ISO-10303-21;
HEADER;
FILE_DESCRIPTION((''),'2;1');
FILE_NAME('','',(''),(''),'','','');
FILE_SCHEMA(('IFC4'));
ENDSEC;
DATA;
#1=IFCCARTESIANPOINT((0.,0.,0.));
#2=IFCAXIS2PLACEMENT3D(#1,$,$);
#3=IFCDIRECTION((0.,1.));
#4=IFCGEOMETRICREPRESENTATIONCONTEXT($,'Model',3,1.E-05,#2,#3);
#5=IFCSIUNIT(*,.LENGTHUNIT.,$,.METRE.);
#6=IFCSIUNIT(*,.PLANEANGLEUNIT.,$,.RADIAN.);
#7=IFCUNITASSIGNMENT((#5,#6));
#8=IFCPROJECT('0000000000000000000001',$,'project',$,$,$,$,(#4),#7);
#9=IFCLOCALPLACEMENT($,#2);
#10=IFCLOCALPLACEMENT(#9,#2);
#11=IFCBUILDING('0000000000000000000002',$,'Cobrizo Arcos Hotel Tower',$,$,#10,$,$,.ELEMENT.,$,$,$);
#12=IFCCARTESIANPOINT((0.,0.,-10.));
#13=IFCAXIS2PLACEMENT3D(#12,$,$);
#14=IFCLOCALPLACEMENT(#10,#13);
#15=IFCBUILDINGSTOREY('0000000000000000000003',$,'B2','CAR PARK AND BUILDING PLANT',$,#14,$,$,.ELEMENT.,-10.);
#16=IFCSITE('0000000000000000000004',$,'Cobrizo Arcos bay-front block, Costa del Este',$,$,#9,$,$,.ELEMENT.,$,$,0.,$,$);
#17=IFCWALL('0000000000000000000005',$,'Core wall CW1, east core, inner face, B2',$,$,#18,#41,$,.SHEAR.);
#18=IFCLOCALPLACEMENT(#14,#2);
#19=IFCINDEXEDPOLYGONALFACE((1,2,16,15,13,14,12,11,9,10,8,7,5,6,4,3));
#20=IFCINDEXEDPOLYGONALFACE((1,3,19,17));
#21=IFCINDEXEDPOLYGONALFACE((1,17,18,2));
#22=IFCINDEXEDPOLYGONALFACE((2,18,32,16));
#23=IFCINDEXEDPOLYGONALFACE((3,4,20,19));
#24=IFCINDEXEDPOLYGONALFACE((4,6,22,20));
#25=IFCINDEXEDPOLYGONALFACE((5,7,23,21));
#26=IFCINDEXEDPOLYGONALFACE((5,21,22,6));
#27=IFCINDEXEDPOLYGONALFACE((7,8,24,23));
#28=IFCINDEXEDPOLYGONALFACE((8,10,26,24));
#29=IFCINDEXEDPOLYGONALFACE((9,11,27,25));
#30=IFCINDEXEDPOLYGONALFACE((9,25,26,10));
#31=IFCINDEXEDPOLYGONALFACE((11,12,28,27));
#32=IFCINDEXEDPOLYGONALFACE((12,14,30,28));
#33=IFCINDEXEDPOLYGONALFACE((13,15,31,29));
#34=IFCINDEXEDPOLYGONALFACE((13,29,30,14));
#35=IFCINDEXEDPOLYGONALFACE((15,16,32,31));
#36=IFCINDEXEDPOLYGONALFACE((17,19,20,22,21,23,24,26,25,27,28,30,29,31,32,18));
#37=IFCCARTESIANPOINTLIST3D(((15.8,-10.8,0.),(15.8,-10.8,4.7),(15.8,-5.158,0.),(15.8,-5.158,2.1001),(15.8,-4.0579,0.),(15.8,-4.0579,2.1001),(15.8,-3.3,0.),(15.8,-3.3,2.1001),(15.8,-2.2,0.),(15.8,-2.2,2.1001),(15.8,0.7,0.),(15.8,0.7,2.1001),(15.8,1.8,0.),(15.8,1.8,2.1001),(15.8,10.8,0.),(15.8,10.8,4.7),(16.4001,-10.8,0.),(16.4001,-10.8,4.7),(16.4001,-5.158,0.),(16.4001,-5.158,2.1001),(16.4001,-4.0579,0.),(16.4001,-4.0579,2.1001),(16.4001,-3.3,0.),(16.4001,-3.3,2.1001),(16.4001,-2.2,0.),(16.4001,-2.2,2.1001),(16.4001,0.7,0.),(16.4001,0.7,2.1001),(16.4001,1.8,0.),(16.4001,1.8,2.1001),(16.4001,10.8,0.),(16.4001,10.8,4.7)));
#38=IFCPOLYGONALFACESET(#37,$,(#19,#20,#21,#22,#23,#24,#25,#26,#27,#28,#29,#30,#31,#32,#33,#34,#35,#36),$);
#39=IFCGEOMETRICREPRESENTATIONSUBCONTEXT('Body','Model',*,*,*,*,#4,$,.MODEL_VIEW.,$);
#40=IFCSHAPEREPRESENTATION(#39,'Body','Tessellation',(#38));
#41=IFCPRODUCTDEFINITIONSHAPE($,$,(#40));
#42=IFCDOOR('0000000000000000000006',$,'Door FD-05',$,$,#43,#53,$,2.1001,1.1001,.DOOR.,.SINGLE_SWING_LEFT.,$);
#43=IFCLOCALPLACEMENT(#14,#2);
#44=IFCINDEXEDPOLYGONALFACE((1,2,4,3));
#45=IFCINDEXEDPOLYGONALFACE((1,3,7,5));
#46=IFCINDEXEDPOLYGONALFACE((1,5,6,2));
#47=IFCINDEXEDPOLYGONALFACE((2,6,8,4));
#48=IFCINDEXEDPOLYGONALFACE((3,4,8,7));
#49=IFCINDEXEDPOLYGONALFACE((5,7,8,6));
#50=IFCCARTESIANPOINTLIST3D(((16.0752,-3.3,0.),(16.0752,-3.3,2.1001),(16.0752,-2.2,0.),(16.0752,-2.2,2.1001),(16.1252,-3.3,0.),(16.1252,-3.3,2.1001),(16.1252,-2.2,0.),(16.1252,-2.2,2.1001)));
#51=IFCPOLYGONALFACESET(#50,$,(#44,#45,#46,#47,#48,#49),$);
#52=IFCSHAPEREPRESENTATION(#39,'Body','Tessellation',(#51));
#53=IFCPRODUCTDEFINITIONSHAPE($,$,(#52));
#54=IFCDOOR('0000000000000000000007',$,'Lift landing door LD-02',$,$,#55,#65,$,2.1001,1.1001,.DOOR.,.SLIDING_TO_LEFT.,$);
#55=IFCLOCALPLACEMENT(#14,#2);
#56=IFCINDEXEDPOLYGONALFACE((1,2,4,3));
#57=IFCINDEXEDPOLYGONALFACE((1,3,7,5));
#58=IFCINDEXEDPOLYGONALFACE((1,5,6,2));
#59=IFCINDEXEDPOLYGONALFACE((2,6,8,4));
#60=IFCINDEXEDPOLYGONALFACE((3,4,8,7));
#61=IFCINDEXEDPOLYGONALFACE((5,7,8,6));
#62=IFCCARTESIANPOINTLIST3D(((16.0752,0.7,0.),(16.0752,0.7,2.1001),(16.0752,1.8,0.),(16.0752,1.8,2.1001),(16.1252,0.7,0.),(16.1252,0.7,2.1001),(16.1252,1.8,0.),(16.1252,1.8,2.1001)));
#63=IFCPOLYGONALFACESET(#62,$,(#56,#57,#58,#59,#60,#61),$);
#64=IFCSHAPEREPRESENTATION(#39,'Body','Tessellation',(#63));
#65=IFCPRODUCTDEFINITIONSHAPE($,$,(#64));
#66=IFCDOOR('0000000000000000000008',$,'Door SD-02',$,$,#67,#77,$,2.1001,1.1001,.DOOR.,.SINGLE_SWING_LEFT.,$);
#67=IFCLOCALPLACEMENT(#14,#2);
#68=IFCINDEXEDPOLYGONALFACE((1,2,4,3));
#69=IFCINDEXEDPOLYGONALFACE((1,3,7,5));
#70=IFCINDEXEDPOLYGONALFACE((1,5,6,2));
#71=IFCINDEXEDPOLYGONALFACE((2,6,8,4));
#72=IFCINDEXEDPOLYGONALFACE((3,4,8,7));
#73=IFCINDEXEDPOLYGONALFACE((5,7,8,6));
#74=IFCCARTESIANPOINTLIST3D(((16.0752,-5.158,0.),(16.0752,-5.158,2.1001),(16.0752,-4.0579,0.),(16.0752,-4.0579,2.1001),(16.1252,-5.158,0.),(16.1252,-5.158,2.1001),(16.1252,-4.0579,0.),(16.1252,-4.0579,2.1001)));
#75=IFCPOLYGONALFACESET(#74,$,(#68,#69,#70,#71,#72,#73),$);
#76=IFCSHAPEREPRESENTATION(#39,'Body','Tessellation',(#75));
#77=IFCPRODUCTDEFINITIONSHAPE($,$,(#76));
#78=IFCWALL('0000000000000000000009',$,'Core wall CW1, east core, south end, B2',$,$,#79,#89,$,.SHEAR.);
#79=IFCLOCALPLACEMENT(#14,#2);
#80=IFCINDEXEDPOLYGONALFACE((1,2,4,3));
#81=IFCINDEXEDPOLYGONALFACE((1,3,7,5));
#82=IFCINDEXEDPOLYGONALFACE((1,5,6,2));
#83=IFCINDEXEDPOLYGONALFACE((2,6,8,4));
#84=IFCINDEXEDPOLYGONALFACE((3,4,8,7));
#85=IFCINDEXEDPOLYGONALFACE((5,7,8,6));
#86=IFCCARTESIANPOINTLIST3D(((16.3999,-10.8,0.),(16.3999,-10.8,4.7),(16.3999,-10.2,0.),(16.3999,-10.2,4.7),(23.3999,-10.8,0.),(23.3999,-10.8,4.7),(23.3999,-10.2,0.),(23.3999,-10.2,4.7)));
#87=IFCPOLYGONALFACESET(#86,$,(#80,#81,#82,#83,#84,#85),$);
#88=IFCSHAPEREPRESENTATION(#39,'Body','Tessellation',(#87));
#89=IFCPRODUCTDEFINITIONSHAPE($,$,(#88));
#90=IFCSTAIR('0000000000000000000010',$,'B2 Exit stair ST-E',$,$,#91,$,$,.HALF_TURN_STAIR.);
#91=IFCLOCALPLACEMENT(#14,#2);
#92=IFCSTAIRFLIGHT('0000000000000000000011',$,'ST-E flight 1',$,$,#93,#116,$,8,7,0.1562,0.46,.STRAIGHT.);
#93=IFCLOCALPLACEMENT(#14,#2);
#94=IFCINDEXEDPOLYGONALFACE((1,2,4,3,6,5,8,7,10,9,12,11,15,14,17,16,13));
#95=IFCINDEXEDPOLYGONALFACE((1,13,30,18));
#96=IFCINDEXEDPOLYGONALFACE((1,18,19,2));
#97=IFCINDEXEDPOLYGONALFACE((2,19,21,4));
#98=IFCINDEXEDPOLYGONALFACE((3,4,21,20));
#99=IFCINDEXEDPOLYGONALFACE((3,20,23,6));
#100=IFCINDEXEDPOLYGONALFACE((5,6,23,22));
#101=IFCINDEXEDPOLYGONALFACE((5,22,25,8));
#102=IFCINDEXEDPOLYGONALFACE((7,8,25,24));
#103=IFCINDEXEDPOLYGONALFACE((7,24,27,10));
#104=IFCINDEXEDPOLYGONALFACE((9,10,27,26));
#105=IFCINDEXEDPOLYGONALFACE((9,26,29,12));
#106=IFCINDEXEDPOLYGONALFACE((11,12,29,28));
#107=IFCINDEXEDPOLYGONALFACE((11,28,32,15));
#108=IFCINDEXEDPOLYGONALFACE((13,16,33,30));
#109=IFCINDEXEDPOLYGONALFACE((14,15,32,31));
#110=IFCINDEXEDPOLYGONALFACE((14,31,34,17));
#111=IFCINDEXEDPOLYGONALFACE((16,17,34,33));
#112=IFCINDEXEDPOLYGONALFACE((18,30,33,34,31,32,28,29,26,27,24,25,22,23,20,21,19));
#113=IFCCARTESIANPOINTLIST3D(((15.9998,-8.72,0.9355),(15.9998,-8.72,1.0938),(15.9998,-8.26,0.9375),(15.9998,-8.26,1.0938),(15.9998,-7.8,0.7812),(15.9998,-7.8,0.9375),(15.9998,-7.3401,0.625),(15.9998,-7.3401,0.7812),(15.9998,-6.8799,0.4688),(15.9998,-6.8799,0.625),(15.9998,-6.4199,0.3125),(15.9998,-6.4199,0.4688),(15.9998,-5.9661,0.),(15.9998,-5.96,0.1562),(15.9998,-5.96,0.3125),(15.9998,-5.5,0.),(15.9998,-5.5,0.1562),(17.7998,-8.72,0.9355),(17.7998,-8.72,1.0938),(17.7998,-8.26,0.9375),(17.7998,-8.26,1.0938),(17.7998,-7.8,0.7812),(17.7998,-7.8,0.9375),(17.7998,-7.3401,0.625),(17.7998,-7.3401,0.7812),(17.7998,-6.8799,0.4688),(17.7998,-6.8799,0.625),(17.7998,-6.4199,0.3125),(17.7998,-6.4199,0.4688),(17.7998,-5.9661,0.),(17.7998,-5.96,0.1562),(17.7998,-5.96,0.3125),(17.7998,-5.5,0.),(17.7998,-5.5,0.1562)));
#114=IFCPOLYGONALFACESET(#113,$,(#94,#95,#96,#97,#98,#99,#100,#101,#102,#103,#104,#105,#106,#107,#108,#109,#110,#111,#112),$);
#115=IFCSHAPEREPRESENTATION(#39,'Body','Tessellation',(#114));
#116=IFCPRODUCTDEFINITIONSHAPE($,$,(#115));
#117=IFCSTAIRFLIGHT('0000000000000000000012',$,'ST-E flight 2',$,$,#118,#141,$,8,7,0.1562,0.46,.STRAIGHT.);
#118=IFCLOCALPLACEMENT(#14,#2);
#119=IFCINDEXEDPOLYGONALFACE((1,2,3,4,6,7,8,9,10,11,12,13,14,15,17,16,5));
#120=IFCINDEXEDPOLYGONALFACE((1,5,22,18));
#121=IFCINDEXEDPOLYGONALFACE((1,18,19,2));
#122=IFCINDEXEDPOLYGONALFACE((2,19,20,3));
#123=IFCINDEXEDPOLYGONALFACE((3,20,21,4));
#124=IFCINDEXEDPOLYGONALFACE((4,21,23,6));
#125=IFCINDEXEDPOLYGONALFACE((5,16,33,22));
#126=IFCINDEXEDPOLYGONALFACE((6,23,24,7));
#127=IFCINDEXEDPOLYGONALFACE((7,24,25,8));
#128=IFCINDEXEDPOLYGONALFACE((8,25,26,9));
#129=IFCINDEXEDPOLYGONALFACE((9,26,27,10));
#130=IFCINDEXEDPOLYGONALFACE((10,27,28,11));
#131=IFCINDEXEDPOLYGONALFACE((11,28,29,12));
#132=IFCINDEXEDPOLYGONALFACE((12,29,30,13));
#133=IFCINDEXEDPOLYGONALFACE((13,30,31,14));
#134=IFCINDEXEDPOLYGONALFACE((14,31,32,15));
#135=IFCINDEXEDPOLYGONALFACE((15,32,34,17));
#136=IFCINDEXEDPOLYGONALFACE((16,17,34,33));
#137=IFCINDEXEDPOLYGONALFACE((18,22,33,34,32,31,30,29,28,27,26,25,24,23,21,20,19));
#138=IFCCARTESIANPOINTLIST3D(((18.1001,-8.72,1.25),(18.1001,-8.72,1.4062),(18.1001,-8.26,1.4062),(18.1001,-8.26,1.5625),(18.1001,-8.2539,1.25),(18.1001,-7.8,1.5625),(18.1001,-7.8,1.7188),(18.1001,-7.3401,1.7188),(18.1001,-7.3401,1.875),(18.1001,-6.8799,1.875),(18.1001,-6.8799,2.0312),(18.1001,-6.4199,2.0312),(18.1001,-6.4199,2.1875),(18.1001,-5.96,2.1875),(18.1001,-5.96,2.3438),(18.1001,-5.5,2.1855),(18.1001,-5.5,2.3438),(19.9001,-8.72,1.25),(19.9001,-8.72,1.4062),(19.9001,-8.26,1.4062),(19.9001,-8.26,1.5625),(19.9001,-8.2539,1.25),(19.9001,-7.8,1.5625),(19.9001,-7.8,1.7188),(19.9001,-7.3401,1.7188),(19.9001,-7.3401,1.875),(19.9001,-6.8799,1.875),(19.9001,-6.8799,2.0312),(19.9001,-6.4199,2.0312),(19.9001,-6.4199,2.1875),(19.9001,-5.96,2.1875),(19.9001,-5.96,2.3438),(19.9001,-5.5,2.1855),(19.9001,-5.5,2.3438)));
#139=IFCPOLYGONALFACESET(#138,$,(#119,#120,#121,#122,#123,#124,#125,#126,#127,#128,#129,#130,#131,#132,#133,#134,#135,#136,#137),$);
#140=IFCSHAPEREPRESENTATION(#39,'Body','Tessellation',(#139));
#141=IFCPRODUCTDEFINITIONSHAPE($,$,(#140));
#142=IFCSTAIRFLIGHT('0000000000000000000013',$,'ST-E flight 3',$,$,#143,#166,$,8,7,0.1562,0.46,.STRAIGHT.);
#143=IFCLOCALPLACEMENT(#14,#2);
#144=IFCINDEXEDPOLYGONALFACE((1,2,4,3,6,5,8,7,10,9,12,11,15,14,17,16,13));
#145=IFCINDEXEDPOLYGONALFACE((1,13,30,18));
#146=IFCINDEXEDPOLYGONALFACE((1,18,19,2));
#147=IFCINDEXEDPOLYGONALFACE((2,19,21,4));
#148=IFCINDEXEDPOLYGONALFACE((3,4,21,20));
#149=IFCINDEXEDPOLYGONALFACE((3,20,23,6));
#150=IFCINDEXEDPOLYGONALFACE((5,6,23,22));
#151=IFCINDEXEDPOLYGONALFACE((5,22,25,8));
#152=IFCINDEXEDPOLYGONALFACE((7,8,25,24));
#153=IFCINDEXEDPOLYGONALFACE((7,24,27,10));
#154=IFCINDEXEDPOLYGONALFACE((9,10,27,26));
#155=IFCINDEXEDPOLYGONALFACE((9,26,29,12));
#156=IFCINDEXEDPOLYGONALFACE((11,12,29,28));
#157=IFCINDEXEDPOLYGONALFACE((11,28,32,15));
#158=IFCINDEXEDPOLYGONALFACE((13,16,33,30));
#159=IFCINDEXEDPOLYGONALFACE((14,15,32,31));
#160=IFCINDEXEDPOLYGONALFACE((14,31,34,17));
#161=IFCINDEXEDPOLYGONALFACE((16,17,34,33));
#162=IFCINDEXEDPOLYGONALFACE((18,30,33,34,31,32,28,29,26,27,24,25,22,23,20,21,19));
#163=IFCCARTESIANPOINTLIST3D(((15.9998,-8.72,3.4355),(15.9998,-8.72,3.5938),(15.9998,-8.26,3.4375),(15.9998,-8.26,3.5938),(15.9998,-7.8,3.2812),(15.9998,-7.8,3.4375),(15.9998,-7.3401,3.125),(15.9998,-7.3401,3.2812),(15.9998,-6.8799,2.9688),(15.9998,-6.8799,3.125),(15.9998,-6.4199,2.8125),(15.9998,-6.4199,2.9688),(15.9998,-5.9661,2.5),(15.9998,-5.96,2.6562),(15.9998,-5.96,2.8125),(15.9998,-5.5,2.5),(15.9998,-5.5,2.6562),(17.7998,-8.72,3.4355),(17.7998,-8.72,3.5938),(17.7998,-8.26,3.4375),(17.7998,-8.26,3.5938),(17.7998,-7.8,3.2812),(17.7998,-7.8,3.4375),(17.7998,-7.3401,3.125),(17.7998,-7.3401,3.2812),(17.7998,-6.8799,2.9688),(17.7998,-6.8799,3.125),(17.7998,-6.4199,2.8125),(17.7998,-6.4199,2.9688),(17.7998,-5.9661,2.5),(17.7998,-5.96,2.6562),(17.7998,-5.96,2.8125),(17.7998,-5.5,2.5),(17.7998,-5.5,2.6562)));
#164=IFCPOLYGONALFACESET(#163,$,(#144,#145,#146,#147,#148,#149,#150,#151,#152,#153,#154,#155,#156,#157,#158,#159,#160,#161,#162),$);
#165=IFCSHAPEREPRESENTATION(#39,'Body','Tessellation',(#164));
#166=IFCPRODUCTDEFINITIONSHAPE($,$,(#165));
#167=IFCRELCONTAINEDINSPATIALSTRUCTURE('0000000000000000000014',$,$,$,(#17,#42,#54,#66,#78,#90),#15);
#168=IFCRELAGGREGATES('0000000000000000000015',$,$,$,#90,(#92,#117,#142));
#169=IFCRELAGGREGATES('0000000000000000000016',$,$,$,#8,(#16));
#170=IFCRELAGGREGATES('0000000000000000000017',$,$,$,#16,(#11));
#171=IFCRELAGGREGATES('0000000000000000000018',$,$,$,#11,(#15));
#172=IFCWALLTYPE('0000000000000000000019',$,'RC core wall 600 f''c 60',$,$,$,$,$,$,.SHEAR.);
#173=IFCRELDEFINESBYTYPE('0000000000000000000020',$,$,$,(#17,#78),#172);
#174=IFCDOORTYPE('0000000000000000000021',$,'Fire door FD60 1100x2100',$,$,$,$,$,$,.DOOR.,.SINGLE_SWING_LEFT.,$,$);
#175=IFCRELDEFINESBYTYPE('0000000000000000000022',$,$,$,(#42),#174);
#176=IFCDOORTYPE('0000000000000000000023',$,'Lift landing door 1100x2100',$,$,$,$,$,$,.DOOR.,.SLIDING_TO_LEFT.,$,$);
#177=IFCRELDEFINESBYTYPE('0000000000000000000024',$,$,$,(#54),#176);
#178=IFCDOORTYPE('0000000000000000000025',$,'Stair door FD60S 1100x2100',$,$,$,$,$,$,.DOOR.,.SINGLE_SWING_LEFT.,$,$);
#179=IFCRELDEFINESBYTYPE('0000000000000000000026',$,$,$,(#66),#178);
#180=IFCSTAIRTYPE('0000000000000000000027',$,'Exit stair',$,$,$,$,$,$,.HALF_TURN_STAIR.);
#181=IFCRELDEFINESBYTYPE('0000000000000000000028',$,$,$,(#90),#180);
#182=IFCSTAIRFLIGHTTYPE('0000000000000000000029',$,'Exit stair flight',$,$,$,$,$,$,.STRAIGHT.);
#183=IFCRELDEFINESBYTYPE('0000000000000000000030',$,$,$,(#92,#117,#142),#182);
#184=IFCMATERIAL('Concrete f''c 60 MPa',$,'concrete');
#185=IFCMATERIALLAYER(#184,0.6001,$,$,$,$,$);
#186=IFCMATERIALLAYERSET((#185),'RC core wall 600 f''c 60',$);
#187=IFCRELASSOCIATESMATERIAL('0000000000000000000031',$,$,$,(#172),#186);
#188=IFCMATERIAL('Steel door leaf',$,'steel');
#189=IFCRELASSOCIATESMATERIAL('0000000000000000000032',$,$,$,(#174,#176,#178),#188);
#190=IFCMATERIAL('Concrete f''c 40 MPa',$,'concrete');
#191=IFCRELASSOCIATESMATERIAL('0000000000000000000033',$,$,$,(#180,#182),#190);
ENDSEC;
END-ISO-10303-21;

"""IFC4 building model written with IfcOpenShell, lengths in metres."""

from ifc_helpers import new_model, si_unit, direction, frame, frame_2d, origin, place, context, subcontext, project, spatial, polyline, rectangle, outline, extrude, material, layer, layer_set, type_object, element, fill, aggregate, save


model = new_model("IFC4")

# Units and contexts
model_context = context("Model", 3, precision=1e-05, world=origin(), true_north=direction((0.0, 1.0)))
body_context = subcontext(model_context, "Body", "Model", "MODEL_VIEW")
ifc_project = project(units=[si_unit("LENGTHUNIT", "METRE"), si_unit("PLANEANGLEUNIT", "RADIAN")], contexts=[model_context])

# Site, building, storey
site_placement = place(None, origin())
site = spatial("IfcSite", under=ifc_project, at=site_placement, Name="Cobrizo Arcos bay-front block, Costa del Este", CompositionType="ELEMENT", RefElevation=0.0)
building_placement = place(site_placement, origin())
building = spatial("IfcBuilding", under=site, at=building_placement, Name="Cobrizo Arcos Hotel Tower", CompositionType="ELEMENT")
storey_placement = place(building_placement, frame((0.0, 0.0, -10.0)))
storey = spatial("IfcBuildingStorey", under=building, at=storey_placement, Name="B2", Description="CAR PARK AND BUILDING PLANT", CompositionType="ELEMENT", Elevation=-10.0)

# Shared definitions
ifc_material_1 = material(Name="Concrete f'c 40 MPa", Category="concrete")

# Wall, openings, doors
ifc_material_2 = material(Name="Concrete f'c 60 MPa", Category="concrete")
ifc_layer_1 = layer(ifc_material_2, 0.6001)
ifc_layer_set_1 = layer_set([ifc_layer_1], Name="RC core wall 600 f'c 60")
wall_type_1 = type_object("IfcWallType", Name="RC core wall 600 f'c 60", PredefinedType="SHEAR", material=ifc_layer_set_1)
wall_1_placement = place(storey_placement, frame((16.1001, -10.8, 0.0), z_axis=(0.0, 0.0, 1.0), x_axis=(0.0, 1.0, 0.0)))
wall_1 = element("IfcWall", 1, at=wall_1_placement, inside=storey, type_object=wall_type_1, Name="Core wall CW1, east core, inner face, B2", PredefinedType="SHEAR", context=body_context, shape_type="SweptSolid", body=[
    extrude(rectangle(XDim=21.6001, YDim=0.6001, at=frame_2d((10.8, 0.0))), origin(), (0.0, 0.0, 1.0), 4.7),
])
opening_1_placement = place(wall_1_placement, frame((11.5, 0.0, 0.0)))
opening_1 = element("IfcOpeningElement", 2, at=opening_1_placement, cuts=wall_1, PredefinedType="OPENING", context=body_context, shape_type="SweptSolid", body=[
    extrude(rectangle(XDim=1.1001, YDim=2.1001, at=frame_2d((0.55, 1.05))), frame((0.0, 0.312, 0.0), z_axis=(0.0, -1.0, 0.0), x_axis=(1.0, 0.0, 0.0)), (0.0, 0.0, 1.0), 0.624),
])
opening_2_placement = place(wall_1_placement, frame((5.6421, 0.0, 0.0)))
opening_2 = element("IfcOpeningElement", 3, at=opening_2_placement, cuts=wall_1, PredefinedType="OPENING", context=body_context, shape_type="SweptSolid", body=[
    extrude(rectangle(XDim=1.1001, YDim=2.1001, at=frame_2d((0.55, 1.05))), frame((0.0, 0.312, 0.0), z_axis=(0.0, -1.0, 0.0), x_axis=(1.0, 0.0, 0.0)), (0.0, 0.0, 1.0), 0.624),
])
opening_3_placement = place(wall_1_placement, frame((7.5, 0.0, 0.0)))
opening_3 = element("IfcOpeningElement", 4, at=opening_3_placement, cuts=wall_1, PredefinedType="OPENING", context=body_context, shape_type="SweptSolid", body=[
    extrude(rectangle(XDim=1.1001, YDim=2.1001, at=frame_2d((0.55, 1.05))), frame((0.0, 0.312, 0.0), z_axis=(0.0, -1.0, 0.0), x_axis=(1.0, 0.0, 0.0)), (0.0, 0.0, 1.0), 0.624),
])
ifc_material_3 = material(Name="Steel door leaf", Category="steel")
door_type_1 = type_object("IfcDoorType", Name="Fire door FD60 1100x2100", OperationType="SINGLE_SWING_LEFT", PredefinedType="DOOR", material=ifc_material_3)
door_1_placement = place(opening_3_placement, origin())
door_1 = element("IfcDoor", 5, at=door_1_placement, inside=storey, type_object=door_type_1, Name="Door FD-05", OperationType="SINGLE_SWING_LEFT", OverallHeight=2.1001, OverallWidth=1.1001, PredefinedType="DOOR", context=body_context, shape_type="SweptSolid", body=[
    extrude(rectangle(XDim=1.1001, YDim=2.1001, at=frame_2d((0.55, 1.05))), frame((0.0, 0.0249, 0.0), z_axis=(0.0, -1.0, 0.0), x_axis=(1.0, 0.0, 0.0)), (0.0, 0.0, 1.0), 0.05),
])
fill(opening_3, door_1)
door_type_2 = type_object("IfcDoorType", Name="Lift landing door 1100x2100", OperationType="SLIDING_TO_LEFT", PredefinedType="DOOR", material=ifc_material_3)
door_2_placement = place(opening_1_placement, origin())
door_2 = element("IfcDoor", 6, at=door_2_placement, inside=storey, type_object=door_type_2, Name="Lift landing door LD-02", OperationType="SLIDING_TO_LEFT", OverallHeight=2.1001, OverallWidth=1.1001, PredefinedType="DOOR", context=body_context, shape_type="SweptSolid", body=[
    extrude(rectangle(XDim=1.1001, YDim=2.1001, at=frame_2d((0.55, 1.05))), frame((0.0, 0.0249, 0.0), z_axis=(0.0, -1.0, 0.0), x_axis=(1.0, 0.0, 0.0)), (0.0, 0.0, 1.0), 0.05),
])
fill(opening_1, door_2)
door_type_3 = type_object("IfcDoorType", Name="Stair door FD60S 1100x2100", OperationType="SINGLE_SWING_LEFT", PredefinedType="DOOR", material=ifc_material_3)
door_3_placement = place(opening_2_placement, origin())
door_3 = element("IfcDoor", 7, at=door_3_placement, inside=storey, type_object=door_type_3, Name="Door SD-02", OperationType="SINGLE_SWING_LEFT", OverallHeight=2.1001, OverallWidth=1.1001, PredefinedType="DOOR", context=body_context, shape_type="SweptSolid", body=[
    extrude(rectangle(XDim=1.1001, YDim=2.1001, at=frame_2d((0.55, 1.05))), frame((0.0, 0.0249, 0.0), z_axis=(0.0, -1.0, 0.0), x_axis=(1.0, 0.0, 0.0)), (0.0, 0.0, 1.0), 0.05),
])
fill(opening_2, door_3)

# Wall
wall_2_placement = place(storey_placement, frame((16.3999, -10.5, 0.0), z_axis=(0.0, 0.0, 1.0), x_axis=(1.0, 0.0, 0.0)))
element("IfcWall", 8, at=wall_2_placement, inside=storey, type_object=wall_type_1, Name="Core wall CW1, east core, south end, B2", PredefinedType="SHEAR", context=body_context, shape_type="SweptSolid", body=[
    extrude(rectangle(XDim=7.0, YDim=0.6001, at=frame_2d((3.5, 0.0))), origin(), (0.0, 0.0, 1.0), 4.7),
])

# Stair, stair flights
stair_type = type_object("IfcStairType", Name="Exit stair", PredefinedType="HALF_TURN_STAIR", material=ifc_material_1)
stair_placement = place(storey_placement, origin())
stair = element("IfcStair", 9, at=stair_placement, inside=storey, type_object=stair_type, Name="B2 Exit stair ST-E", PredefinedType="HALF_TURN_STAIR")
stair_flight_type = type_object("IfcStairFlightType", Name="Exit stair flight", PredefinedType="STRAIGHT", material=ifc_material_1)
stair_flight_1_placement = place(storey_placement, frame((16.8999, -5.5, 0.0), z_axis=(0.0, 0.0, 1.0), x_axis=(0.0, -1.0, 0.0)))
stair_flight_1 = element("IfcStairFlight", 10, at=stair_flight_1_placement, type_object=stair_flight_type, Name="ST-E flight 1", NumberOfRisers=8, NumberOfTreads=7, PredefinedType="STRAIGHT", RiserHeight=0.1562, TreadLength=0.46, context=body_context, shape_type="SweptSolid", body=[
    extrude(outline(polyline([(0.0, 0.0), (0.0, 0.1562), (0.46, 0.1562), (0.46, 0.3125), (0.9199, 0.3125), (0.9199, 0.4688), (1.3799, 0.4688), (1.3799, 0.625), (1.8401, 0.625), (1.8401, 0.7812), (2.3, 0.7812), (2.3, 0.9375), (2.76, 0.9375), (2.76, 1.0938), (3.22, 1.0938), (3.22, 1.25), (3.22, 0.9355), (0.4661, 0.0), (0.0, 0.0)])), frame((0.0, 0.8999, 0.0), z_axis=(0.0, -1.0, 0.0), x_axis=(1.0, 0.0, 0.0)), (0.0, 0.0, 1.0), 1.8),
])
stair_flight_2_placement = place(storey_placement, frame((19.0, -8.72, 1.25), z_axis=(0.0, 0.0, 1.0), x_axis=(0.0, 1.0, 0.0)))
stair_flight_2 = element("IfcStairFlight", 11, at=stair_flight_2_placement, type_object=stair_flight_type, Name="ST-E flight 2", NumberOfRisers=8, NumberOfTreads=7, PredefinedType="STRAIGHT", RiserHeight=0.1562, TreadLength=0.46, context=body_context, shape_type="SweptSolid", body=[
    extrude(outline(polyline([(0.0, 0.0), (0.0, 0.1562), (0.46, 0.1562), (0.46, 0.3125), (0.9199, 0.3125), (0.9199, 0.4688), (1.3799, 0.4688), (1.3799, 0.625), (1.8401, 0.625), (1.8401, 0.7812), (2.3, 0.7812), (2.3, 0.9375), (2.76, 0.9375), (2.76, 1.0938), (3.22, 1.0938), (3.22, 1.25), (3.22, 0.9355), (0.4661, 0.0), (0.0, 0.0)])), frame((0.0, 0.8999, 0.0), z_axis=(0.0, -1.0, 0.0), x_axis=(1.0, 0.0, 0.0)), (0.0, 0.0, 1.0), 1.8),
])
stair_flight_3_placement = place(storey_placement, frame((16.8999, -5.5, 2.5), z_axis=(0.0, 0.0, 1.0), x_axis=(0.0, -1.0, 0.0)))
stair_flight_3 = element("IfcStairFlight", 12, at=stair_flight_3_placement, type_object=stair_flight_type, Name="ST-E flight 3", NumberOfRisers=8, NumberOfTreads=7, PredefinedType="STRAIGHT", RiserHeight=0.1562, TreadLength=0.46, context=body_context, shape_type="SweptSolid", body=[
    extrude(outline(polyline([(0.0, 0.0), (0.0, 0.1562), (0.46, 0.1562), (0.46, 0.3125), (0.9199, 0.3125), (0.9199, 0.4688), (1.3799, 0.4688), (1.3799, 0.625), (1.8401, 0.625), (1.8401, 0.7812), (2.3, 0.7812), (2.3, 0.9375), (2.76, 0.9375), (2.76, 1.0938), (3.22, 1.0938), (3.22, 1.25), (3.22, 0.9355), (0.4661, 0.0), (0.0, 0.0)])), frame((0.0, 0.8999, 0.0), z_axis=(0.0, -1.0, 0.0), x_axis=(1.0, 0.0, 0.0)), (0.0, 0.0, 1.0), 1.8),
])
aggregate(stair, [stair_flight_1, stair_flight_2, stair_flight_3])

save(model, "model.ifc")
